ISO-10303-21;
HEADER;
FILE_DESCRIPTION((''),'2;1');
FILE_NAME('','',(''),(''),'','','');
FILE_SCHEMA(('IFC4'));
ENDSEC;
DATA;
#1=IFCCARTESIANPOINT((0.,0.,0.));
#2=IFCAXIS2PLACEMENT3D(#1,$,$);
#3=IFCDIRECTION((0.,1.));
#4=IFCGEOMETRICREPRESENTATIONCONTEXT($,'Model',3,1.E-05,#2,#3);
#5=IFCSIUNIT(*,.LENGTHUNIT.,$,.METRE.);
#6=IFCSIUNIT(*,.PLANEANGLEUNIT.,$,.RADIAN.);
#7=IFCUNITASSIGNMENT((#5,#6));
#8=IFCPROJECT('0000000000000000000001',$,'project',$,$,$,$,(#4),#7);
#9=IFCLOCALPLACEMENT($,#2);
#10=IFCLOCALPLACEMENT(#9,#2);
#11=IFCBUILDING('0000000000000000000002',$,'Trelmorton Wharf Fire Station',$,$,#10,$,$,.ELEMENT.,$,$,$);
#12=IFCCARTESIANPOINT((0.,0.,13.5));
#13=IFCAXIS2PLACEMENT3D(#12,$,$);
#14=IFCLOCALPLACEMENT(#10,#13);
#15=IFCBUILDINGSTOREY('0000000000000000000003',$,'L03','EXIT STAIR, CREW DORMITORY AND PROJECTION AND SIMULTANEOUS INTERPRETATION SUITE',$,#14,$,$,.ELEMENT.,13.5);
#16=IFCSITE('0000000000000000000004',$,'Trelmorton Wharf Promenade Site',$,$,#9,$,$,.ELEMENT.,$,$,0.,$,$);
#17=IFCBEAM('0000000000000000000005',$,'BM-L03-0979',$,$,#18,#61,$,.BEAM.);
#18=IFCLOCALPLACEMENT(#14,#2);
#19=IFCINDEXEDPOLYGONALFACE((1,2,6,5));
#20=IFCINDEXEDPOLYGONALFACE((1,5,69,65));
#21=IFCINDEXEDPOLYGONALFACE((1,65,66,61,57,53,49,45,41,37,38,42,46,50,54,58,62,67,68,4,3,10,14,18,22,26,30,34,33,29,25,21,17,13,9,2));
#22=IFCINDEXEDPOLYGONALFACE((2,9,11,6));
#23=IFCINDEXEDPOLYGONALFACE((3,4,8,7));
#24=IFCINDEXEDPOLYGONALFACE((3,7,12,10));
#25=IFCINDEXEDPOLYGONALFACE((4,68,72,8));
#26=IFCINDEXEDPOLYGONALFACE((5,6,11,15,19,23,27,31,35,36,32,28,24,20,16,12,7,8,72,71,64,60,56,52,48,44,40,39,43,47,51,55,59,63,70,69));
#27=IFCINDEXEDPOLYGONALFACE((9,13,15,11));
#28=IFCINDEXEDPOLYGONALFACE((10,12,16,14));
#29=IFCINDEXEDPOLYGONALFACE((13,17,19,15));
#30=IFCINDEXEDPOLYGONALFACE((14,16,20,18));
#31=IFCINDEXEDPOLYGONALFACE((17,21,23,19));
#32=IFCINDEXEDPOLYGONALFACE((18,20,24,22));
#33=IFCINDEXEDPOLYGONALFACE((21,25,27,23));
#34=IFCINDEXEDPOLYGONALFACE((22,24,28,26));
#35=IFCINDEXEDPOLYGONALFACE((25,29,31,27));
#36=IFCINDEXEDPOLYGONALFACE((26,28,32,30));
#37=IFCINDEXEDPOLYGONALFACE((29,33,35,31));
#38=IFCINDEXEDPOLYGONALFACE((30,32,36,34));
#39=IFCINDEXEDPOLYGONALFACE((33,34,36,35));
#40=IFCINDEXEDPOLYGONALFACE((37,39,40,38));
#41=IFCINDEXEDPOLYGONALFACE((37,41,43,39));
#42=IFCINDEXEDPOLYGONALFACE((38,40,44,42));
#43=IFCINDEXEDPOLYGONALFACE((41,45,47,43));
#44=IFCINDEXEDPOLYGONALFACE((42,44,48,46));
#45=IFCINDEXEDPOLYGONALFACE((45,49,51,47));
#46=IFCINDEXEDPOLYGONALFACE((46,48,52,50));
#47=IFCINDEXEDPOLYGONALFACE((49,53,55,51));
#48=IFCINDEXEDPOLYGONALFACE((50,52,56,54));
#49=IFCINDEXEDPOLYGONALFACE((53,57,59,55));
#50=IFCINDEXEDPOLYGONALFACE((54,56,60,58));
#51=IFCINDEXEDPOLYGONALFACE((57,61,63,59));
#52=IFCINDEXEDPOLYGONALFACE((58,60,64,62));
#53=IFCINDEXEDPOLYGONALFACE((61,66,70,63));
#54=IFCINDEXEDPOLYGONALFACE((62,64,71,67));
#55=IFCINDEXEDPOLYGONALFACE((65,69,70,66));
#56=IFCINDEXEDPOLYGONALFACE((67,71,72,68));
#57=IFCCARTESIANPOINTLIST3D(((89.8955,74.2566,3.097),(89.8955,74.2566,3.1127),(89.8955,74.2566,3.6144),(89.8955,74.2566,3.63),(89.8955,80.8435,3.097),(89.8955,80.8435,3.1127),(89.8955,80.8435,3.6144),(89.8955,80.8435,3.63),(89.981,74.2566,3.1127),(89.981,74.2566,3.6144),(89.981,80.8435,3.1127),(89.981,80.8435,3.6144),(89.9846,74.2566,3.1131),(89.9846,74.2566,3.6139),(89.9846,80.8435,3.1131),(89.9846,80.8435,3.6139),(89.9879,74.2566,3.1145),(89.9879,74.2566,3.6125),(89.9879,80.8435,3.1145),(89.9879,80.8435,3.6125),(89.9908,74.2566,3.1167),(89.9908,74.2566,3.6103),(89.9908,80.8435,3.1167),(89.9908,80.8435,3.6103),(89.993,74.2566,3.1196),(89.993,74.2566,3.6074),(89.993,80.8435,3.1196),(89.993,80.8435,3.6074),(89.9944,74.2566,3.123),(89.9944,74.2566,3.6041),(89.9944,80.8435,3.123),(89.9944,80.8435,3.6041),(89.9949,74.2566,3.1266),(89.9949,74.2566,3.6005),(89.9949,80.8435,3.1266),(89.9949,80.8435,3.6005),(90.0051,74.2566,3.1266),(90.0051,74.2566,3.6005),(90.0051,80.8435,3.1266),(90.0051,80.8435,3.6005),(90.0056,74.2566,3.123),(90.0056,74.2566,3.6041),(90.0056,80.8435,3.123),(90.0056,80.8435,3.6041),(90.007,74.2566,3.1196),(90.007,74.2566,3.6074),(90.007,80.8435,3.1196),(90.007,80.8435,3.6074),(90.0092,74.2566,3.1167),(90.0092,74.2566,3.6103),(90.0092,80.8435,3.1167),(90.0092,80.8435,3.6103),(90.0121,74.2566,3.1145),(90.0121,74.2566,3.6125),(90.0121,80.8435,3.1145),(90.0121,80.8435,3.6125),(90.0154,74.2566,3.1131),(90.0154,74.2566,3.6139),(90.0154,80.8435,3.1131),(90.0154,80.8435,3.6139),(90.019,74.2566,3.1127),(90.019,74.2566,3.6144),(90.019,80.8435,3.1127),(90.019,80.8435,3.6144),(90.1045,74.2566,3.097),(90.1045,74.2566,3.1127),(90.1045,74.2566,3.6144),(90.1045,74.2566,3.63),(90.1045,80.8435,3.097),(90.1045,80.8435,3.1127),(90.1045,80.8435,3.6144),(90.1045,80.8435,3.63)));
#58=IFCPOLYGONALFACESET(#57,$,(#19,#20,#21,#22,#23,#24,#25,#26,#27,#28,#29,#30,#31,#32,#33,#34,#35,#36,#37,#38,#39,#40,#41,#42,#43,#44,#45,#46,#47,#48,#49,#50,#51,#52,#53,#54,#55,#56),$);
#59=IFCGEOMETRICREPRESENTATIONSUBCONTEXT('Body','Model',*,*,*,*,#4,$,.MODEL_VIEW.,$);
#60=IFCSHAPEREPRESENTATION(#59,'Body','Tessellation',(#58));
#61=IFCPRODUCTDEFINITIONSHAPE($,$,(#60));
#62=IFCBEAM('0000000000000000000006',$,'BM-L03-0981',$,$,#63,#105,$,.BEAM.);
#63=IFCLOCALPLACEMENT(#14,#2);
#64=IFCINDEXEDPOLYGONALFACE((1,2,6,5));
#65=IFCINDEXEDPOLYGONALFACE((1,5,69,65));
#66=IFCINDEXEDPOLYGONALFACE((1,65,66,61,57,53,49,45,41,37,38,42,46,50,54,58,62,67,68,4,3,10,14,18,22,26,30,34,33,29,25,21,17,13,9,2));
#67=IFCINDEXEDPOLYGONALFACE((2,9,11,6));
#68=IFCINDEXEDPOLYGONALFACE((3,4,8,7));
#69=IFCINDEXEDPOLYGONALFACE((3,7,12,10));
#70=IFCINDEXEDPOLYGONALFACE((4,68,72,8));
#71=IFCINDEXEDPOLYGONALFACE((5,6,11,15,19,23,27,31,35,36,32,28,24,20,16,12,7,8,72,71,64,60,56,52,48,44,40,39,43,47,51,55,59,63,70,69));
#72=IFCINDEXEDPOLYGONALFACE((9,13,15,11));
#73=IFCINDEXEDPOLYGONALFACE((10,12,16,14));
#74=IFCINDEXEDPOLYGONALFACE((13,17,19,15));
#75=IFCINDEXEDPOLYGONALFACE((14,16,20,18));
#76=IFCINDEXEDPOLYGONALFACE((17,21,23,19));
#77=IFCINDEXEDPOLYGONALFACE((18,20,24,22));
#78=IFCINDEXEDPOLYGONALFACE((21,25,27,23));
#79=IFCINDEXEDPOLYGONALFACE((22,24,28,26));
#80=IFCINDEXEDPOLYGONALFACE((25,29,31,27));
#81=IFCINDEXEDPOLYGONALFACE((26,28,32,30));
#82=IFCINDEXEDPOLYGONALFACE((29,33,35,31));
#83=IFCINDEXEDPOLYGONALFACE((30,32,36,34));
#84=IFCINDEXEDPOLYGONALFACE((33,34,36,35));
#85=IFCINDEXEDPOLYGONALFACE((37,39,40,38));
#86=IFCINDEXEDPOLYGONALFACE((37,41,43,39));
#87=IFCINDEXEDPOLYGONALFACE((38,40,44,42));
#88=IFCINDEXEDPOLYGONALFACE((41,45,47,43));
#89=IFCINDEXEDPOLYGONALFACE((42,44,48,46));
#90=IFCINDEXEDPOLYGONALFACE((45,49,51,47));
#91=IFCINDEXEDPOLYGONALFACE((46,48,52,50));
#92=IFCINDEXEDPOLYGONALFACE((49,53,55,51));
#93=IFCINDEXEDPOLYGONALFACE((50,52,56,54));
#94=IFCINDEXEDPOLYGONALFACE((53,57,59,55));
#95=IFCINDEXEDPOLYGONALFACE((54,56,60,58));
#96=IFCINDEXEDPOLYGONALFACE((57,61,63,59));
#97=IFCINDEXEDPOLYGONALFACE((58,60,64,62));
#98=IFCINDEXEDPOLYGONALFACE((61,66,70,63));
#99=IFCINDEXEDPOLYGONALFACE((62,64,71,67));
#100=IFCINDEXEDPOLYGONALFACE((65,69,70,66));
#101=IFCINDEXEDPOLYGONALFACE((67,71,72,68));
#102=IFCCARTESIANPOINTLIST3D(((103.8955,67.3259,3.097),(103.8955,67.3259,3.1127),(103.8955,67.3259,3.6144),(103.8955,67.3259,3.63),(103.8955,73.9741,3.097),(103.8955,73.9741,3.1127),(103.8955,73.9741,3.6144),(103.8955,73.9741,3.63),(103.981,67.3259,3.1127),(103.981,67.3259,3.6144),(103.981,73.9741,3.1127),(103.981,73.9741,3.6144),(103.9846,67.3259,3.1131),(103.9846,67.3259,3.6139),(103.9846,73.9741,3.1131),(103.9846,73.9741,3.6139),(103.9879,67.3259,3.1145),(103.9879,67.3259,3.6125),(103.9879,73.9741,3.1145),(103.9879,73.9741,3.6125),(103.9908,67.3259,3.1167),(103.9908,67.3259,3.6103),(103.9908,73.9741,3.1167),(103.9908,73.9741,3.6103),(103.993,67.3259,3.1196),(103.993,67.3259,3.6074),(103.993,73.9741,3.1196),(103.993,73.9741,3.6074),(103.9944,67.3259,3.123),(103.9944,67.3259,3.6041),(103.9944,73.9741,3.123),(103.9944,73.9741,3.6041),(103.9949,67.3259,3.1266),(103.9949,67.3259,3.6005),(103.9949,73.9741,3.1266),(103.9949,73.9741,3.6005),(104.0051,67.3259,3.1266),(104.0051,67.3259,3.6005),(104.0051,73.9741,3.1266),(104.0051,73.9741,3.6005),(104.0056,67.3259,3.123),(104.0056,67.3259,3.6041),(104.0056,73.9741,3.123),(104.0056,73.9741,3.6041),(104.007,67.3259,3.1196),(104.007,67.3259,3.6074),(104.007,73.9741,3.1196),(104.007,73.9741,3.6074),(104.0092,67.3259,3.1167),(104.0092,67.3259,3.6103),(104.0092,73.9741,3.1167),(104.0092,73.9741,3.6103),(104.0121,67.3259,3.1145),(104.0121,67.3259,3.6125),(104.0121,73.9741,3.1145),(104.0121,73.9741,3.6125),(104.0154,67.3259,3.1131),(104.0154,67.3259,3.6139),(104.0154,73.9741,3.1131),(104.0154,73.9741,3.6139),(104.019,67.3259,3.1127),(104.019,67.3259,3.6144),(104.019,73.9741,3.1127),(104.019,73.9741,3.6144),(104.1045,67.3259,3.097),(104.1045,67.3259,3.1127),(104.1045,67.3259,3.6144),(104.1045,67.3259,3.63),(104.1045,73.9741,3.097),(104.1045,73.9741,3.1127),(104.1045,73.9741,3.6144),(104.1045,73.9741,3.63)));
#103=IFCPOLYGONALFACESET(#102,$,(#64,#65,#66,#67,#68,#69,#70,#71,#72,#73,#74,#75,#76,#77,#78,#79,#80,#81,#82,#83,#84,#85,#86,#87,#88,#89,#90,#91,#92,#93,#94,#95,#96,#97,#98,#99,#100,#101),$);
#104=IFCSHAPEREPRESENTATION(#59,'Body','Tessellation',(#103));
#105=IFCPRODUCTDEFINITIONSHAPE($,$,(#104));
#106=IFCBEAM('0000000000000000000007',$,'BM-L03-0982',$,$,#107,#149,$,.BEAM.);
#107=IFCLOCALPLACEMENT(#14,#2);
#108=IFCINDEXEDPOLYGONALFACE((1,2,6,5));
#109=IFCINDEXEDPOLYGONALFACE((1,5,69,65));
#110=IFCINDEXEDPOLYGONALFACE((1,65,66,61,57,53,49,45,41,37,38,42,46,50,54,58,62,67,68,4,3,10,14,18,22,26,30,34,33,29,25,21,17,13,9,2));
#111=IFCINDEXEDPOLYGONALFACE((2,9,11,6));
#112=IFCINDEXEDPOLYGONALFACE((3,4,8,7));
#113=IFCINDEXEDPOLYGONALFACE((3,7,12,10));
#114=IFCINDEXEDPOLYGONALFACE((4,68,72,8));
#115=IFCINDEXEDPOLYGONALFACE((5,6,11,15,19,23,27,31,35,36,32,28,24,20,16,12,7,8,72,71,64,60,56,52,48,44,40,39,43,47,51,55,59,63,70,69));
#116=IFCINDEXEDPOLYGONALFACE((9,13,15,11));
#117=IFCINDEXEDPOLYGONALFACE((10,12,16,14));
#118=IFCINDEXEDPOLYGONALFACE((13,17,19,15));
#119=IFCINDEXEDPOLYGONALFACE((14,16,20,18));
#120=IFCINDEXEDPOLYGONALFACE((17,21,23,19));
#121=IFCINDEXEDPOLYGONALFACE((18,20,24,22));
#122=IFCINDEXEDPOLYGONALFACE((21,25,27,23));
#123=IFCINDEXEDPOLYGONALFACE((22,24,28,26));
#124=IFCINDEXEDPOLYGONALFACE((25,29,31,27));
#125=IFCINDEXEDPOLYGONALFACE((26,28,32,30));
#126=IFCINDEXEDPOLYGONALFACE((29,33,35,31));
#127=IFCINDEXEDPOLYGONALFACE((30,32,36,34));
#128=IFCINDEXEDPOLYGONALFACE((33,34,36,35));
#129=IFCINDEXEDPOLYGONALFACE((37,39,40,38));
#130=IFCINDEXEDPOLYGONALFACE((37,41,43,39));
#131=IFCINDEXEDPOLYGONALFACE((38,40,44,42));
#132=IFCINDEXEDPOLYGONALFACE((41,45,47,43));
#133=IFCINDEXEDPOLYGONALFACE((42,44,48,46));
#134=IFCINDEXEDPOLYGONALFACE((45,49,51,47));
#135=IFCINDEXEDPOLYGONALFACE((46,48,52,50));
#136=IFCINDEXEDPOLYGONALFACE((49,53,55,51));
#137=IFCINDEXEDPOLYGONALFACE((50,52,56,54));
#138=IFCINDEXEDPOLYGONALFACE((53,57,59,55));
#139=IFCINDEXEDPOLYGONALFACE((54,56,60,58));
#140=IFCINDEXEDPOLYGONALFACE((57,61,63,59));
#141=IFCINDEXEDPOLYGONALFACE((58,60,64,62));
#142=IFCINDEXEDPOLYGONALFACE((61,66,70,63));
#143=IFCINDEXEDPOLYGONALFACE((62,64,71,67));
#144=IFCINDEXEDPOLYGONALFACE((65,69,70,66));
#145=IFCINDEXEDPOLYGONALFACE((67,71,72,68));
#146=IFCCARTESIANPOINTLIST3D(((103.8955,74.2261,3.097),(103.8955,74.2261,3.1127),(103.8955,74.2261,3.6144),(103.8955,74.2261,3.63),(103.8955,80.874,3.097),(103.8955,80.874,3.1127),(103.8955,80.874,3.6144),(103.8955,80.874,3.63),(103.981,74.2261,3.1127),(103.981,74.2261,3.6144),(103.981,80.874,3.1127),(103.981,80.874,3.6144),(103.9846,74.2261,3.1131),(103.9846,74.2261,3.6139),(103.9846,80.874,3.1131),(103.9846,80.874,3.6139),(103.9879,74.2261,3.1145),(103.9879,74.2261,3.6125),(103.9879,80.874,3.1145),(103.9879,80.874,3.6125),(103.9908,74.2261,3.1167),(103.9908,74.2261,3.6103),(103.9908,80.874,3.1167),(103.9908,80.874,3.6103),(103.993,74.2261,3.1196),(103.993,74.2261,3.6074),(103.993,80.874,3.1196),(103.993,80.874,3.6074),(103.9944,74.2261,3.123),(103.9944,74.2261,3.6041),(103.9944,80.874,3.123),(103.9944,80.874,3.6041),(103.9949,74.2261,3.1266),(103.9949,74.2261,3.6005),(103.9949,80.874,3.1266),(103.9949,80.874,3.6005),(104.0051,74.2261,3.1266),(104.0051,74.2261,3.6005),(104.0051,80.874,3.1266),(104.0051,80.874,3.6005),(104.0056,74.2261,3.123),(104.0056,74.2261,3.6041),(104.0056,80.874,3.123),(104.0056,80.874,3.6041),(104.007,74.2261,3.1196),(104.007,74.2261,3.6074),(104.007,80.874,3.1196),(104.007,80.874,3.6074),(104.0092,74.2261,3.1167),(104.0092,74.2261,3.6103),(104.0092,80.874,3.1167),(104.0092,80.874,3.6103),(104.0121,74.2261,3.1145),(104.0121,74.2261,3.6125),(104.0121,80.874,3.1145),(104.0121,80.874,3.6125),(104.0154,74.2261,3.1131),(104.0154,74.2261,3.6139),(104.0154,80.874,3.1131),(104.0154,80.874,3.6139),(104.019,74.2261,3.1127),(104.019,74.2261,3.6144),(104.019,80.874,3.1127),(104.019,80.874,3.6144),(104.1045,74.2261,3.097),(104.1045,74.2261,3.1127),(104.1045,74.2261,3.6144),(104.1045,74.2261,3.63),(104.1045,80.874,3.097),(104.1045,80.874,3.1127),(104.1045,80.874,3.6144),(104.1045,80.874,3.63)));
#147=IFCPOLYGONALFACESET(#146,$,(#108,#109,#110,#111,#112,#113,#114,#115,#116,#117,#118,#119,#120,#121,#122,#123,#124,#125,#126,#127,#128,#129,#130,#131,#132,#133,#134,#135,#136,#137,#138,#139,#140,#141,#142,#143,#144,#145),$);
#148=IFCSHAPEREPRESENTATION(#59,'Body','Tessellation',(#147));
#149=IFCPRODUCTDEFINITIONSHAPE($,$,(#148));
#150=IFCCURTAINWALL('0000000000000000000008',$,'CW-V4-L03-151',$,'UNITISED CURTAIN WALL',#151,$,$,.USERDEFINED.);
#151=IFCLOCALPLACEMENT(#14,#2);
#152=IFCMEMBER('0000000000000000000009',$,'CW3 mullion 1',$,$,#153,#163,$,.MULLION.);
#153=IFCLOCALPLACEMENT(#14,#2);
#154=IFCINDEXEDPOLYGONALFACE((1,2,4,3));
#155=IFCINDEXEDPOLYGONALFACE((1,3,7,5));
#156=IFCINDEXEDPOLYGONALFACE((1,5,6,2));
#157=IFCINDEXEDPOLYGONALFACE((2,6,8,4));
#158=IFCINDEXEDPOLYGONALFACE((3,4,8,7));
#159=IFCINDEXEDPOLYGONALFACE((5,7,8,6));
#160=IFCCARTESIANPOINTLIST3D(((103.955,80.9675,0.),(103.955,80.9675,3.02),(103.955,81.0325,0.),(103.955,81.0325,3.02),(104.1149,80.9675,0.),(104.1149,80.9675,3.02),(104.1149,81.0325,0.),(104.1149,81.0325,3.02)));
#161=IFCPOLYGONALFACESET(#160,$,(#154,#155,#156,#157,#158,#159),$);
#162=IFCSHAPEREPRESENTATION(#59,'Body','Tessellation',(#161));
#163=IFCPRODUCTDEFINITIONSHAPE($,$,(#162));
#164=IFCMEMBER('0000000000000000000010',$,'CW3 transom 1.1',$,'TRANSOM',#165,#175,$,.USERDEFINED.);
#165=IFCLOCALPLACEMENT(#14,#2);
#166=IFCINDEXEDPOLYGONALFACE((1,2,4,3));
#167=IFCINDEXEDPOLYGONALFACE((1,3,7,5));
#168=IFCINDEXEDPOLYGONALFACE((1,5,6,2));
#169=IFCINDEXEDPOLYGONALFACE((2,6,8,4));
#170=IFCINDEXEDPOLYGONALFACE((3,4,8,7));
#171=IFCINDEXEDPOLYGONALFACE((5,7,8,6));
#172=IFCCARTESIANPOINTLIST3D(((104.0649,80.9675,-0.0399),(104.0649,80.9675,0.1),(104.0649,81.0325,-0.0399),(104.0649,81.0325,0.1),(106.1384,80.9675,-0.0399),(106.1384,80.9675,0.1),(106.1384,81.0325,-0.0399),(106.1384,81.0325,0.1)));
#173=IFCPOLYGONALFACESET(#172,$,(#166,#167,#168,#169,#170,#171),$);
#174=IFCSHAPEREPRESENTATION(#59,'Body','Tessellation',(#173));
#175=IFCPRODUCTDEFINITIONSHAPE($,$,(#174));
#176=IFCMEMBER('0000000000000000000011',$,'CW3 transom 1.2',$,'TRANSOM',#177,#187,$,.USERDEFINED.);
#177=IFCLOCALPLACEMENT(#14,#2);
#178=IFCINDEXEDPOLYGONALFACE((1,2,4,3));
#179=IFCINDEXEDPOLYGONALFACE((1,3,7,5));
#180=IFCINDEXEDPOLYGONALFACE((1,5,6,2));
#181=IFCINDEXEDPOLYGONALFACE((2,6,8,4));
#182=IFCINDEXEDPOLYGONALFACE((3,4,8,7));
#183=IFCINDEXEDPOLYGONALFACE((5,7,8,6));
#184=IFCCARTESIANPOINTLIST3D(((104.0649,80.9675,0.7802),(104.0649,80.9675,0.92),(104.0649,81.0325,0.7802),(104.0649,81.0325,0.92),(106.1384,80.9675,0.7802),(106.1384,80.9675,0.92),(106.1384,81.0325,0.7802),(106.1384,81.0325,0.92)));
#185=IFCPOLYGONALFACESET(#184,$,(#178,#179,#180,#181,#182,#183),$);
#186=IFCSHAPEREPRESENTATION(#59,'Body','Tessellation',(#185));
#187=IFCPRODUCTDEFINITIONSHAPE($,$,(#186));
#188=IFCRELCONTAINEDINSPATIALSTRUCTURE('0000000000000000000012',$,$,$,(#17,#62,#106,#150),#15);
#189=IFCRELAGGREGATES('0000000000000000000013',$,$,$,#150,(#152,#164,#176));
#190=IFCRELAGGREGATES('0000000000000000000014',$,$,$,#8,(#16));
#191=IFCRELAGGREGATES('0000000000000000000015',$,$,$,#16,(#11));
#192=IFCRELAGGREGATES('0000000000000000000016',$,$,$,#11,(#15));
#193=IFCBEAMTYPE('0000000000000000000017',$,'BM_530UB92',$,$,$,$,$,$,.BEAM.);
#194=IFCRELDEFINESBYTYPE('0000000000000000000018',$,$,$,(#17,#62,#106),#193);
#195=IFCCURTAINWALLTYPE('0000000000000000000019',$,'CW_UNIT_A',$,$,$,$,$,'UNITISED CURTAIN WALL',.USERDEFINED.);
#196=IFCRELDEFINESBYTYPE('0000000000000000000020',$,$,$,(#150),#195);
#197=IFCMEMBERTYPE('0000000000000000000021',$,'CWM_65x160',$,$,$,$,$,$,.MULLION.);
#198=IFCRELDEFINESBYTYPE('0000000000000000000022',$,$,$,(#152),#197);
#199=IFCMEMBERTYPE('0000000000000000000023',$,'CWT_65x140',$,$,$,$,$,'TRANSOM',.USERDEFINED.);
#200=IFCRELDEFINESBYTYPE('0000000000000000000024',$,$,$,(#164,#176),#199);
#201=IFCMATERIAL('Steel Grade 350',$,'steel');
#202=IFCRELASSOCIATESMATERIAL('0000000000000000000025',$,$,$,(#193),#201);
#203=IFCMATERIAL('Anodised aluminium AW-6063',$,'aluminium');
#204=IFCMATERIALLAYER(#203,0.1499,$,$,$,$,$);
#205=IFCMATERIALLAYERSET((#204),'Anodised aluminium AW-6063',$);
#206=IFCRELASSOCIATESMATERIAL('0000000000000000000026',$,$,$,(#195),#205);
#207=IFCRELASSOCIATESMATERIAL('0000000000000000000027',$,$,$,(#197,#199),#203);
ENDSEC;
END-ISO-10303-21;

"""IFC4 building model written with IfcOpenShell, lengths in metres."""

from ifc_helpers import new_model, si_unit, direction, frame, origin, origin_2d, place, context, subcontext, project, spatial, rectangle, i_section, extrude, material, layer, layer_set, material_profile, profile_set, type_object, element, aggregate, save


model = new_model("IFC4")

# Units and contexts
model_context = context("Model", 3, precision=1e-05, world=origin(), true_north=direction((0.0, 1.0)))
body_context = subcontext(model_context, "Body", "Model", "MODEL_VIEW")
ifc_project = project(units=[si_unit("LENGTHUNIT", "METRE"), si_unit("PLANEANGLEUNIT", "RADIAN")], contexts=[model_context])

# Site, building, storey
site_placement = place(None, origin())
site = spatial("IfcSite", under=ifc_project, at=site_placement, Name="Trelmorton Wharf Promenade Site", CompositionType="ELEMENT", RefElevation=0.0)
building_placement = place(site_placement, origin())
building = spatial("IfcBuilding", under=site, at=building_placement, Name="Trelmorton Wharf Fire Station", CompositionType="ELEMENT")
storey_placement = place(building_placement, frame((0.0, 0.0, 13.5)))
storey = spatial("IfcBuildingStorey", under=building, at=storey_placement, Name="L03", Description="EXIT STAIR, CREW DORMITORY AND PROJECTION AND SIMULTANEOUS INTERPRETATION SUITE", CompositionType="ELEMENT", Elevation=13.5)

# Shared definitions
ifc_material_1 = material(Name="Steel Grade 350", Category="steel")

# Beams
ifc_material_profile_1 = material_profile(ifc_material_1, i_section(OverallWidth=0.209, OverallDepth=0.533, WebThickness=0.0103, FlangeThickness=0.0156, FilletRadius=0.0139, at=origin_2d()), Name="530UB92.4")
ifc_profile_set_1 = profile_set([ifc_material_profile_1], Name="Steel Grade 350")
beam_type_1 = type_object("IfcBeamType", Name="BM_530UB92", PredefinedType="BEAM", material=ifc_profile_set_1)
beam_1_placement = place(storey_placement, frame((90.0, 74.2566, 3.3635), z_axis=(0.0, 1.0, 0.0), x_axis=(-1.0, 0.0, 0.0)))
element("IfcBeam", 1, at=beam_1_placement, inside=storey, type_object=beam_type_1, Name="BM-L03-0979", PredefinedType="BEAM", context=body_context, shape_type="SweptSolid", body=[
    extrude(i_section(OverallWidth=0.209, OverallDepth=0.533, WebThickness=0.0103, FlangeThickness=0.0156, FilletRadius=0.0139, at=origin_2d()), origin(), (0.0, 0.0, 1.0), 6.5869),
])
beam_2_placement = place(storey_placement, frame((104.0, 67.3259, 3.3635), z_axis=(0.0, 1.0, 0.0), x_axis=(-1.0, 0.0, 0.0)))
element("IfcBeam", 2, at=beam_2_placement, inside=storey, type_object=beam_type_1, Name="BM-L03-0981", PredefinedType="BEAM", context=body_context, shape_type="SweptSolid", body=[
    extrude(i_section(OverallWidth=0.209, OverallDepth=0.533, WebThickness=0.0103, FlangeThickness=0.0156, FilletRadius=0.0139, at=origin_2d()), origin(), (0.0, 0.0, 1.0), 6.6482),
])
beam_3_placement = place(storey_placement, frame((104.0, 74.2261, 3.3635), z_axis=(0.0, 1.0, 0.0), x_axis=(-1.0, 0.0, 0.0)))
element("IfcBeam", 3, at=beam_3_placement, inside=storey, type_object=beam_type_1, Name="BM-L03-0982", PredefinedType="BEAM", context=body_context, shape_type="SweptSolid", body=[
    extrude(i_section(OverallWidth=0.209, OverallDepth=0.533, WebThickness=0.0103, FlangeThickness=0.0156, FilletRadius=0.0139, at=origin_2d()), origin(), (0.0, 0.0, 1.0), 6.6479),
])

# Curtain wall, members
ifc_material_2 = material(Name="Anodised aluminium AW-6063", Category="aluminium")
ifc_layer_1 = layer(ifc_material_2, 0.1499)
ifc_layer_set_1 = layer_set([ifc_layer_1], Name="Anodised aluminium AW-6063")
curtain_wall_type = type_object("IfcCurtainWallType", Name="CW_UNIT_A", ElementType="UNITISED CURTAIN WALL", PredefinedType="USERDEFINED", material=ifc_layer_set_1)
curtain_wall_placement = place(storey_placement, origin())
curtain_wall = element("IfcCurtainWall", 4, at=curtain_wall_placement, inside=storey, type_object=curtain_wall_type, Name="CW-V4-L03-151", ObjectType="UNITISED CURTAIN WALL", PredefinedType="USERDEFINED")
ifc_material_profile_2 = material_profile(ifc_material_2, rectangle(XDim=0.0649, YDim=0.1599, at=origin_2d()), Name="ALU-65x160")
ifc_profile_set_2 = profile_set([ifc_material_profile_2], Name="Anodised aluminium AW-6063")
member_type_1 = type_object("IfcMemberType", Name="CWM_65x160", PredefinedType="MULLION", material=ifc_profile_set_2)
member_1_placement = place(storey_placement, frame((104.0349, 81.0, 0.0), z_axis=(0.0, 0.0, 1.0), x_axis=(0.0, 1.0, 0.0)))
member_1 = element("IfcMember", 5, at=member_1_placement, type_object=member_type_1, Name="CW3 mullion 1", PredefinedType="MULLION", context=body_context, shape_type="SweptSolid", body=[
    extrude(rectangle(XDim=0.0649, YDim=0.1599, at=origin_2d()), origin(), (0.0, 0.0, 1.0), 3.02),
])
ifc_material_profile_3 = material_profile(ifc_material_2, rectangle(XDim=0.0649, YDim=0.1399, at=origin_2d()), Name="ALU-65x140")
ifc_profile_set_3 = profile_set([ifc_material_profile_3], Name="Anodised aluminium AW-6063")
member_type_2 = type_object("IfcMemberType", Name="CWT_65x140", ElementType="TRANSOM", PredefinedType="USERDEFINED", material=ifc_profile_set_3)
member_2_placement = place(storey_placement, frame((104.0649, 81.0, 0.03), z_axis=(1.0, 0.0, 0.0), x_axis=(0.0, 1.0, 0.0)))
member_2 = element("IfcMember", 6, at=member_2_placement, type_object=member_type_2, Name="CW3 transom 1.1", ObjectType="TRANSOM", PredefinedType="USERDEFINED", context=body_context, shape_type="SweptSolid", body=[
    extrude(rectangle(XDim=0.0649, YDim=0.1399, at=origin_2d()), origin(), (0.0, 0.0, 1.0), 2.0735),
])
member_3_placement = place(storey_placement, frame((104.0649, 81.0, 0.8501), z_axis=(1.0, 0.0, 0.0), x_axis=(0.0, 1.0, 0.0)))
member_3 = element("IfcMember", 7, at=member_3_placement, type_object=member_type_2, Name="CW3 transom 1.2", ObjectType="TRANSOM", PredefinedType="USERDEFINED", context=body_context, shape_type="SweptSolid", body=[
    extrude(rectangle(XDim=0.0649, YDim=0.1399, at=origin_2d()), origin(), (0.0, 0.0, 1.0), 2.0735),
])
aggregate(curtain_wall, [member_1, member_2, member_3])

save(model, "model.ifc")
